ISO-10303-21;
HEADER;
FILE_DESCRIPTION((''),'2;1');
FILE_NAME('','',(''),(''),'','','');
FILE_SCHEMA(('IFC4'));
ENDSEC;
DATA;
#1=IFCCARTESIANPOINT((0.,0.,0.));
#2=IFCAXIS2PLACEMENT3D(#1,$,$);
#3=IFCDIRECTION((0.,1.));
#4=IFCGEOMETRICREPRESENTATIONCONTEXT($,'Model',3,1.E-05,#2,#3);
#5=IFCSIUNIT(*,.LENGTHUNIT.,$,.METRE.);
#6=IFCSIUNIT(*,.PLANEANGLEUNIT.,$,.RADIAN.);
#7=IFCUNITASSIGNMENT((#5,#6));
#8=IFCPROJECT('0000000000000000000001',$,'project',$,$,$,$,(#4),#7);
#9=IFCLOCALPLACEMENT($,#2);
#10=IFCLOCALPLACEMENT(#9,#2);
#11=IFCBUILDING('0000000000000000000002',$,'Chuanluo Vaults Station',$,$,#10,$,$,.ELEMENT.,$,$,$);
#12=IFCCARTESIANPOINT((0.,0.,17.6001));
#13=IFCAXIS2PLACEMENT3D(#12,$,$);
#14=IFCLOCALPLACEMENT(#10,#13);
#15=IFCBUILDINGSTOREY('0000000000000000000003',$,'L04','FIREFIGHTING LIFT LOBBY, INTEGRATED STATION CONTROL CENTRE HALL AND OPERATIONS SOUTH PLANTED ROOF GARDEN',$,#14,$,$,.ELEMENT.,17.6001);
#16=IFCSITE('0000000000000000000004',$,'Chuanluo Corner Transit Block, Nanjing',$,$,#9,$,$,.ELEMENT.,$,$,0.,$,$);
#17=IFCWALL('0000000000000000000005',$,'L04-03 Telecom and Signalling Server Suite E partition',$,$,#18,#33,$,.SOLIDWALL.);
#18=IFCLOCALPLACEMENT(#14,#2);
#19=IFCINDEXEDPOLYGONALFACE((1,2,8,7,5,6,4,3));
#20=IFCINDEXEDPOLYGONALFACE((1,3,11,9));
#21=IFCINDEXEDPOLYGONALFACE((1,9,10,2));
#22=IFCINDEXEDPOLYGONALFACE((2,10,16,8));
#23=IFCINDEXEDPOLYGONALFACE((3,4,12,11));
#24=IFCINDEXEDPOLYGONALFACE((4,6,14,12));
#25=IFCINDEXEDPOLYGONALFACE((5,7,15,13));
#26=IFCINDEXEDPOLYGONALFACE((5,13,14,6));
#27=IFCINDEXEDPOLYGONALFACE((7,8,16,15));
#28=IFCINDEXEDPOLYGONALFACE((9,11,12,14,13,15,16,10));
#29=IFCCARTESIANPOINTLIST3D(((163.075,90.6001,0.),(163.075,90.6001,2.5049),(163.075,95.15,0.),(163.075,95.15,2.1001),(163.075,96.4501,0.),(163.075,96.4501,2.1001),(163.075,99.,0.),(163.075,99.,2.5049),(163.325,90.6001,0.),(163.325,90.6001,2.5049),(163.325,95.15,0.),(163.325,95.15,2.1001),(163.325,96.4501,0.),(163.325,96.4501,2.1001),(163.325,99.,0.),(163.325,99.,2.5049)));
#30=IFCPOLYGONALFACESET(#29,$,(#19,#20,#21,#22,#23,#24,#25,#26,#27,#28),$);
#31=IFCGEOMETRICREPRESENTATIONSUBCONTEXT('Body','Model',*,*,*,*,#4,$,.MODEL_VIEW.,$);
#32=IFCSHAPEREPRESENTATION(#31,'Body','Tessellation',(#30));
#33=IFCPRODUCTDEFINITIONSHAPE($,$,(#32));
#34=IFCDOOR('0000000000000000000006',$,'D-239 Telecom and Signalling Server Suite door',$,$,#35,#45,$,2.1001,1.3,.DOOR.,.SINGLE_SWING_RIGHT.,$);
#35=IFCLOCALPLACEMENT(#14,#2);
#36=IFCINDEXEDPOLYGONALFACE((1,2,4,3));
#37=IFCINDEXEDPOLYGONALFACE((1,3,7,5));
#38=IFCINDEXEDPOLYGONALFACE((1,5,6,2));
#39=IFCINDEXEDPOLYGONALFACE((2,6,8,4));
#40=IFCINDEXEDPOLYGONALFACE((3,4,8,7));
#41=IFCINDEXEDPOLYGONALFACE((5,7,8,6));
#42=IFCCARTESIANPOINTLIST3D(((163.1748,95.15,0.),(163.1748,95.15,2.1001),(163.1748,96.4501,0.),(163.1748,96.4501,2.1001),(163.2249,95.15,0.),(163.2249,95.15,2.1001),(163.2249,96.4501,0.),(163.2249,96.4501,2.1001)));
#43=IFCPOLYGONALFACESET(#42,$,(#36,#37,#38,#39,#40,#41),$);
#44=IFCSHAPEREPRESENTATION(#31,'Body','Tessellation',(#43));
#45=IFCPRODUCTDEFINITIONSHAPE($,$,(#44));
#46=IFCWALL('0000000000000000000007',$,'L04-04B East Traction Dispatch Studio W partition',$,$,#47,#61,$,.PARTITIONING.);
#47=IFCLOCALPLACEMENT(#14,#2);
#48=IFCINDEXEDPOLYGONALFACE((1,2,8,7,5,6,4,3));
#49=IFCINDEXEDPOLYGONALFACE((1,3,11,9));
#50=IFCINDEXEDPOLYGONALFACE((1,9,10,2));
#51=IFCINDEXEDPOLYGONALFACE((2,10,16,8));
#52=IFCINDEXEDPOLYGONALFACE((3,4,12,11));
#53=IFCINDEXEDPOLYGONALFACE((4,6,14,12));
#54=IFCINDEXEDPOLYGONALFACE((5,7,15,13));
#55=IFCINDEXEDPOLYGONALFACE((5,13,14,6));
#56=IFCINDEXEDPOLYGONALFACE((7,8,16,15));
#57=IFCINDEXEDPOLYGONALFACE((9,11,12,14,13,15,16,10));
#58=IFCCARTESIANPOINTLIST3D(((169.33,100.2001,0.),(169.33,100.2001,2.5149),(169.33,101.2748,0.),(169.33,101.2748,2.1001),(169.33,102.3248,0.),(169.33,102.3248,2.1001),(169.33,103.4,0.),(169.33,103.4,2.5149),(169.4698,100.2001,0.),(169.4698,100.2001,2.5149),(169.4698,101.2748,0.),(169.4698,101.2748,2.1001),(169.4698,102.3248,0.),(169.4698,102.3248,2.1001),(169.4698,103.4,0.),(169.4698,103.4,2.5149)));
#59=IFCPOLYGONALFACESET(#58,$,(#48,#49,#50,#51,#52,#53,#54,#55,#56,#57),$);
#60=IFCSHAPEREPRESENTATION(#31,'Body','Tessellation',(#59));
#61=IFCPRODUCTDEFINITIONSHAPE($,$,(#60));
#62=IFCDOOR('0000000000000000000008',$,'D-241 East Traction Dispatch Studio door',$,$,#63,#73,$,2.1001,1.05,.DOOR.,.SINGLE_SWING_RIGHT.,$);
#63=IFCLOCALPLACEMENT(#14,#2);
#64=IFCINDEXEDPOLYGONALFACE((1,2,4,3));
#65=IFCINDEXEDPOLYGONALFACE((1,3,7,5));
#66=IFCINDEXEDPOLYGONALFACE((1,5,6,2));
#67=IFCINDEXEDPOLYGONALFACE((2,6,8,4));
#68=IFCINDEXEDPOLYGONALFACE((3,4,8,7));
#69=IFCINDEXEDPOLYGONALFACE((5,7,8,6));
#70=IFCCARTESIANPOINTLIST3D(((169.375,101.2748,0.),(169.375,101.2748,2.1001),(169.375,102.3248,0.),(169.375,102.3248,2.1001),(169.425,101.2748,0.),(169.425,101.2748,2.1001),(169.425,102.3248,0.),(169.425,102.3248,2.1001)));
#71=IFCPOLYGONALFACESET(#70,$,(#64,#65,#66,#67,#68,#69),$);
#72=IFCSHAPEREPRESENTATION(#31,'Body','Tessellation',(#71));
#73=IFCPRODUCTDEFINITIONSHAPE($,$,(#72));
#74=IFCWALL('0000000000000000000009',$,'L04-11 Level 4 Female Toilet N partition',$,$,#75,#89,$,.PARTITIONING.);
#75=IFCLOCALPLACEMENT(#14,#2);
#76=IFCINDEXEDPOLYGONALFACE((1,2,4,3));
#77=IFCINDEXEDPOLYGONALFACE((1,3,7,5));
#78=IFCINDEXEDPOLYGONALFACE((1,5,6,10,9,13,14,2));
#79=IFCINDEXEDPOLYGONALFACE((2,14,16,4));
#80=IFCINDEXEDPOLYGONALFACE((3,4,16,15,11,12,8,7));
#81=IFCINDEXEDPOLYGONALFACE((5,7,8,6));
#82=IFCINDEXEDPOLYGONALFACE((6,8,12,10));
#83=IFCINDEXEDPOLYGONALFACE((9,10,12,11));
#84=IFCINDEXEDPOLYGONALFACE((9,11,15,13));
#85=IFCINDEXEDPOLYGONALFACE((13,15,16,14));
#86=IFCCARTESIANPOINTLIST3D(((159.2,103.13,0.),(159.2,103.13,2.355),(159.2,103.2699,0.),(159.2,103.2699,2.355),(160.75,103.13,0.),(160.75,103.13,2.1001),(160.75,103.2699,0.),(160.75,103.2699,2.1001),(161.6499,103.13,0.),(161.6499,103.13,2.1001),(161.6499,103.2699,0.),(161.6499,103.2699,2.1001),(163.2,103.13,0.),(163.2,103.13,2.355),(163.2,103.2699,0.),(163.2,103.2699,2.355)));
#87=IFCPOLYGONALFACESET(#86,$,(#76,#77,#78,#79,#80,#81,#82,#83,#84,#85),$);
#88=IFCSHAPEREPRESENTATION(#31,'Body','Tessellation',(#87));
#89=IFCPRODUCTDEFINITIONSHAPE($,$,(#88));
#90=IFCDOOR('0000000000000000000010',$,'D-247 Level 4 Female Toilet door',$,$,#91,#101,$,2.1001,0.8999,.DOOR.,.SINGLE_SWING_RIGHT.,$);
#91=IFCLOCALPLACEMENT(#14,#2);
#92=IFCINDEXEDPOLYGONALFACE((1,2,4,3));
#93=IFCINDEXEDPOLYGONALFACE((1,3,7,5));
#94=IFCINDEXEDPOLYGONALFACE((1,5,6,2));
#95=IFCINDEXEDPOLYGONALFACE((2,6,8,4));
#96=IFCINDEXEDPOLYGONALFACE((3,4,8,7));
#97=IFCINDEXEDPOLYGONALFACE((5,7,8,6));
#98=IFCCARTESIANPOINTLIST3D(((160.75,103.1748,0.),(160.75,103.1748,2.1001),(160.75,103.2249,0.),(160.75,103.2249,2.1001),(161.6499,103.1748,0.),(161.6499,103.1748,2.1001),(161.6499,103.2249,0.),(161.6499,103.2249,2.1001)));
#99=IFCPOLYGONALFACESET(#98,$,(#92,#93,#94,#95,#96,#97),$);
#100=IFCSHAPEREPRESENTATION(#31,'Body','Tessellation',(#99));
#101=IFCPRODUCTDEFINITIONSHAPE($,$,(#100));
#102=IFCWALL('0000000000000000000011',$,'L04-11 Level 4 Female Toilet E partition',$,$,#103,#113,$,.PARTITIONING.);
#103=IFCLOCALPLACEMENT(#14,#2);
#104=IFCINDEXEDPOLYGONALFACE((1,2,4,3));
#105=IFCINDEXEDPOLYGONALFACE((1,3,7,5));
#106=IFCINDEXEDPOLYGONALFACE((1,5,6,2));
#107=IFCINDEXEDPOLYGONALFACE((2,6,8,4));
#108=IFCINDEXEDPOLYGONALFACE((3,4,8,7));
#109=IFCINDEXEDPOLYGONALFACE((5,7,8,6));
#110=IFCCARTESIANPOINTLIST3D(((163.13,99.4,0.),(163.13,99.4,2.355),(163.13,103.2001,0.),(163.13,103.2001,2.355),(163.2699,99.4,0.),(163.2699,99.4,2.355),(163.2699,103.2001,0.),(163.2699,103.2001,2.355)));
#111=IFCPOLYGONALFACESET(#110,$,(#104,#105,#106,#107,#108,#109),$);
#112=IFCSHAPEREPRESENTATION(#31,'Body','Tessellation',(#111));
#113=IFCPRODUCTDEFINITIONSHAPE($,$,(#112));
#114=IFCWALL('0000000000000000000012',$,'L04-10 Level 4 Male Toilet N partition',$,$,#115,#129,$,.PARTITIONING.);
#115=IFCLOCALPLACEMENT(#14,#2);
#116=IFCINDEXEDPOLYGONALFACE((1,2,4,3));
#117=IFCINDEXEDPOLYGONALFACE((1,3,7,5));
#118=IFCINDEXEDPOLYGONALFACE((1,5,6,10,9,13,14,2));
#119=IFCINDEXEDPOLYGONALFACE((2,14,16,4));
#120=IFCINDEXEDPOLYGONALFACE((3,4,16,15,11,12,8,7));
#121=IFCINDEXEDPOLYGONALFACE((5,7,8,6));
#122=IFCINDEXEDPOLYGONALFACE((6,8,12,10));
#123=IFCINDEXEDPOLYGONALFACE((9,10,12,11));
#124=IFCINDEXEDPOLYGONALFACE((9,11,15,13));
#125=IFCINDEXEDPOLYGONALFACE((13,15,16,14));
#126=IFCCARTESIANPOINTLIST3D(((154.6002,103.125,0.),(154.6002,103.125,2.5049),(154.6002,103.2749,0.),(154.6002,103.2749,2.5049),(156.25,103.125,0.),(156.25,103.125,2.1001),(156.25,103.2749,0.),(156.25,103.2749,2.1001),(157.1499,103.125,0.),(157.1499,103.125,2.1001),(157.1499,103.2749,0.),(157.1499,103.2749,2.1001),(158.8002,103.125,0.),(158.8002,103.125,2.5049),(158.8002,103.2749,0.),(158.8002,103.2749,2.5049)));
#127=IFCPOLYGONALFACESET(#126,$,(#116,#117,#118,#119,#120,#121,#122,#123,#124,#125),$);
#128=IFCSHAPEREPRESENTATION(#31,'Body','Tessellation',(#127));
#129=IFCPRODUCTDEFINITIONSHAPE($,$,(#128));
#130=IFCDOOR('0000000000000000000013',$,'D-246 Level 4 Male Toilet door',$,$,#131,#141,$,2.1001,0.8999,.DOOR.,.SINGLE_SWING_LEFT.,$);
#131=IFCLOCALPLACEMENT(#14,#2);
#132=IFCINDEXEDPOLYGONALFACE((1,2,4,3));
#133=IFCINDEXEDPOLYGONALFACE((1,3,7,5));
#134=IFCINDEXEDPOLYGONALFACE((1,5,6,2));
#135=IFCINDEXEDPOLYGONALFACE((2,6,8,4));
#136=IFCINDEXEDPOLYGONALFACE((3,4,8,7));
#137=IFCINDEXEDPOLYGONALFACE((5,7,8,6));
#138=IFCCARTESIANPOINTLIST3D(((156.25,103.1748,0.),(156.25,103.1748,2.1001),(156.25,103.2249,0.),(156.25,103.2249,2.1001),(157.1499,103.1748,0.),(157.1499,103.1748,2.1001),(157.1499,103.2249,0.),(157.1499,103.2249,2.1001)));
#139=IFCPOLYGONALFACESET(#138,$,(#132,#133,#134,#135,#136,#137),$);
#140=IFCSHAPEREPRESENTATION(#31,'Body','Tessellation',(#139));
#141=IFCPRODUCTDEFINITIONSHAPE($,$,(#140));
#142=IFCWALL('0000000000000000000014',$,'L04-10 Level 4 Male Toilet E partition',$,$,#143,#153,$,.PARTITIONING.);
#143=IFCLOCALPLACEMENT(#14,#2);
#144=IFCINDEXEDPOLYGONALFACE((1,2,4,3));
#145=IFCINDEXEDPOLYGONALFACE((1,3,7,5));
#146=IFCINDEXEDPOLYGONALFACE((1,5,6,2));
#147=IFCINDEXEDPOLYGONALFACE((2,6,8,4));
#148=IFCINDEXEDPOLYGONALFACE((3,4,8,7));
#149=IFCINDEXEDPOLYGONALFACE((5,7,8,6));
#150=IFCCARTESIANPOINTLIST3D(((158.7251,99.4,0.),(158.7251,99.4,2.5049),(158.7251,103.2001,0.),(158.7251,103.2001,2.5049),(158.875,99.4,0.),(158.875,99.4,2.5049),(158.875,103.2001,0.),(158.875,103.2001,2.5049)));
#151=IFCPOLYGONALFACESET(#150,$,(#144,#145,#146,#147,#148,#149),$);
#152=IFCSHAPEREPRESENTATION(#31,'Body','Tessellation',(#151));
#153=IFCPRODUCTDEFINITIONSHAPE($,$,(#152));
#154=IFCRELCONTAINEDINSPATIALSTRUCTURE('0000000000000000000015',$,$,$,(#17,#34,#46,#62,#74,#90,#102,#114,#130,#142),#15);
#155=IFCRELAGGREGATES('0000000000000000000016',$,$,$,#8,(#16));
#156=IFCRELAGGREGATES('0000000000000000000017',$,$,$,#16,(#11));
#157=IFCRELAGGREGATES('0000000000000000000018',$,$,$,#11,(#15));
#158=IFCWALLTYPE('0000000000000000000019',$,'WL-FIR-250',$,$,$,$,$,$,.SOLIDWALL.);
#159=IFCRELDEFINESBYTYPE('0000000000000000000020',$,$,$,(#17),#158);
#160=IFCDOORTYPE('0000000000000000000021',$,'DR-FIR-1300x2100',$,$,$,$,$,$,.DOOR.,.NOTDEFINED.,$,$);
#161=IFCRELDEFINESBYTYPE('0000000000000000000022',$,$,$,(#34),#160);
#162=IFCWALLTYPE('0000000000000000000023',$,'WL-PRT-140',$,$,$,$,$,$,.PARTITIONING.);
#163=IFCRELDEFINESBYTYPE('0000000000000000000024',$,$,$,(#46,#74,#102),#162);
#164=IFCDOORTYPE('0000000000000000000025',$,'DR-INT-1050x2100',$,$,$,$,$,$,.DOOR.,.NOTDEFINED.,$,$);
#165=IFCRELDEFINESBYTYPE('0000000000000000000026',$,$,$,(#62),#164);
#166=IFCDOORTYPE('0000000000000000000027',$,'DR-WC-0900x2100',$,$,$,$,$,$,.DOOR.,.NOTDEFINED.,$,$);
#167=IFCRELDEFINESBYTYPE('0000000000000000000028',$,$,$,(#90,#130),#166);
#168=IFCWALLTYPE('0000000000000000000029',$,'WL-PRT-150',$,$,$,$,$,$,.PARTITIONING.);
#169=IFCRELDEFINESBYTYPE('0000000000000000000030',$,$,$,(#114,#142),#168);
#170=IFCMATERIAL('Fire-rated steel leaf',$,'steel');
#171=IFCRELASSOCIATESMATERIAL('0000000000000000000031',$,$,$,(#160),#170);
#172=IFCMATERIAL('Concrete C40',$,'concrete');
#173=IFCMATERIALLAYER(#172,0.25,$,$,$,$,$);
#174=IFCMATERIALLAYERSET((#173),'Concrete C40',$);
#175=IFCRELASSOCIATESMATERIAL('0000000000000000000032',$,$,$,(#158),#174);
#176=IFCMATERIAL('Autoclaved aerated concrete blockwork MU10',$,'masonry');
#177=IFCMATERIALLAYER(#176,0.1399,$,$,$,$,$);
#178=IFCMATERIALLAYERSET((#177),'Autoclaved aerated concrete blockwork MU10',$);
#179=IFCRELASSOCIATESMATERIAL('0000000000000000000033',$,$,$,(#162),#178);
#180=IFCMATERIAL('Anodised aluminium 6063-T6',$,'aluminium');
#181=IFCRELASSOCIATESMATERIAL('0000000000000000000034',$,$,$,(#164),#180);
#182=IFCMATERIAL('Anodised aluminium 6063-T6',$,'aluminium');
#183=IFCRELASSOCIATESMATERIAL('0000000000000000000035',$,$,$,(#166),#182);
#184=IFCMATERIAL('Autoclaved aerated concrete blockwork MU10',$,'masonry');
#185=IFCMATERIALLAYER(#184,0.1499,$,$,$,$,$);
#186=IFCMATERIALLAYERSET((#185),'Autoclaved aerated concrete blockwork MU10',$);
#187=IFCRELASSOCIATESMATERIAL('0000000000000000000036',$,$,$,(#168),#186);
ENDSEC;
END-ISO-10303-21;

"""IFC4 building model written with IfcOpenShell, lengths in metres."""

from ifc_helpers import new_model, si_unit, direction, frame, frame_2d, origin, place, context, subcontext, project, spatial, rectangle, extrude, material, layer, layer_set, type_object, element, fill, save


model = new_model("IFC4")

# Units and contexts
model_context = context("Model", 3, precision=1e-05, world=origin(), true_north=direction((0.0, 1.0)))
body_context = subcontext(model_context, "Body", "Model", "MODEL_VIEW")
ifc_project = project(units=[si_unit("LENGTHUNIT", "METRE"), si_unit("PLANEANGLEUNIT", "RADIAN")], contexts=[model_context])

# Site, building, storey
site_placement = place(None, origin())
site = spatial("IfcSite", under=ifc_project, at=site_placement, Name="Chuanluo Corner Transit Block, Nanjing", CompositionType="ELEMENT", RefElevation=0.0)
building_placement = place(site_placement, origin())
building = spatial("IfcBuilding", under=site, at=building_placement, Name="Chuanluo Vaults Station", CompositionType="ELEMENT")
storey_placement = place(building_placement, frame((0.0, 0.0, 17.6001)))
storey = spatial("IfcBuildingStorey", under=building, at=storey_placement, Name="L04", Description="FIREFIGHTING LIFT LOBBY, INTEGRATED STATION CONTROL CENTRE HALL AND OPERATIONS SOUTH PLANTED ROOF GARDEN", CompositionType="ELEMENT", Elevation=17.6001)

# Walls, openings, doors
ifc_material_1 = material(Name="Fire-rated steel leaf", Category="steel")
door_type_1 = type_object("IfcDoorType", Name="DR-FIR-1300x2100", OperationType="NOTDEFINED", PredefinedType="DOOR", material=ifc_material_1)
ifc_material_2 = material(Name="Concrete C40", Category="concrete")
ifc_layer_1 = layer(ifc_material_2, 0.25)
ifc_layer_set_1 = layer_set([ifc_layer_1], Name="Concrete C40")
wall_type_1 = type_object("IfcWallType", Name="WL-FIR-250", PredefinedType="SOLIDWALL", material=ifc_layer_set_1)
wall_1_placement = place(storey_placement, frame((163.2, 99.0, 0.0), z_axis=(0.0, 0.0, 1.0), x_axis=(0.0, -1.0, 0.0)))
wall_1 = element("IfcWall", 1, at=wall_1_placement, inside=storey, type_object=wall_type_1, Name="L04-03 Telecom and Signalling Server Suite E partition", PredefinedType="SOLIDWALL", context=body_context, shape_type="SweptSolid", body=[
    extrude(rectangle(XDim=8.3999, YDim=0.25, at=frame_2d((4.2, 0.0))), origin(), (0.0, 0.0, 1.0), 2.5049),
])
opening_1_placement = place(wall_1_placement, frame((2.55, 0.0, 0.0)))
opening_1 = element("IfcOpeningElement", 2, at=opening_1_placement, cuts=wall_1, PredefinedType="OPENING", context=body_context, shape_type="SweptSolid", body=[
    extrude(rectangle(XDim=1.3, YDim=2.1001, at=frame_2d((0.6499, 1.05))), frame((0.0, 0.135, 0.0), z_axis=(0.0, -1.0, 0.0), x_axis=(1.0, 0.0, 0.0)), (0.0, 0.0, 1.0), 0.27),
])
door_1_placement = place(opening_1_placement, origin())
door_1 = element("IfcDoor", 3, at=door_1_placement, inside=storey, type_object=door_type_1, Name="D-239 Telecom and Signalling Server Suite door", OperationType="SINGLE_SWING_RIGHT", OverallHeight=2.1001, OverallWidth=1.3, PredefinedType="DOOR", context=body_context, shape_type="SweptSolid", body=[
    extrude(rectangle(XDim=1.3, YDim=2.1001, at=frame_2d((0.6499, 1.05))), frame((0.0, 0.0249, 0.0), z_axis=(0.0, -1.0, 0.0), x_axis=(1.0, 0.0, 0.0)), (0.0, 0.0, 1.0), 0.05),
])
fill(opening_1, door_1)
ifc_material_3 = material(Name="Autoclaved aerated concrete blockwork MU10", Category="masonry")
ifc_layer_2 = layer(ifc_material_3, 0.1399)
ifc_layer_set_2 = layer_set([ifc_layer_2], Name="Autoclaved aerated concrete blockwork MU10")
wall_type_2 = type_object("IfcWallType", Name="WL-PRT-140", PredefinedType="PARTITIONING", material=ifc_layer_set_2)
wall_2_placement = place(storey_placement, frame((169.3999, 100.2, 0.0), z_axis=(0.0, 0.0, 1.0), x_axis=(0.0, 1.0, 0.0)))
wall_2 = element("IfcWall", 4, at=wall_2_placement, inside=storey, type_object=wall_type_2, Name="L04-04B East Traction Dispatch Studio W partition", PredefinedType="PARTITIONING", context=body_context, shape_type="SweptSolid", body=[
    extrude(rectangle(XDim=3.2, YDim=0.1399, at=frame_2d((1.6001, 0.0))), origin(), (0.0, 0.0, 1.0), 2.5149),
])
opening_2_placement = place(wall_2_placement, frame((1.075, 0.0, 0.0)))
opening_2 = element("IfcOpeningElement", 5, at=opening_2_placement, cuts=wall_2, PredefinedType="OPENING", context=body_context, shape_type="SweptSolid", body=[
    extrude(rectangle(XDim=1.05, YDim=2.1001, at=frame_2d((0.5249, 1.05))), frame((0.0, 0.0798, 0.0), z_axis=(0.0, -1.0, 0.0), x_axis=(1.0, 0.0, 0.0)), (0.0, 0.0, 1.0), 0.1599),
])
ifc_material_4 = material(Name="Anodised aluminium 6063-T6", Category="aluminium")
door_type_2 = type_object("IfcDoorType", Name="DR-INT-1050x2100", OperationType="NOTDEFINED", PredefinedType="DOOR", material=ifc_material_4)
door_2_placement = place(opening_2_placement, origin())
door_2 = element("IfcDoor", 6, at=door_2_placement, inside=storey, type_object=door_type_2, Name="D-241 East Traction Dispatch Studio door", OperationType="SINGLE_SWING_RIGHT", OverallHeight=2.1001, OverallWidth=1.05, PredefinedType="DOOR", context=body_context, shape_type="SweptSolid", body=[
    extrude(rectangle(XDim=1.05, YDim=2.1001, at=frame_2d((0.5249, 1.05))), frame((0.0, 0.0249, 0.0), z_axis=(0.0, -1.0, 0.0), x_axis=(1.0, 0.0, 0.0)), (0.0, 0.0, 1.0), 0.05),
])
fill(opening_2, door_2)
wall_3_placement = place(storey_placement, frame((159.2, 103.2, 0.0), z_axis=(0.0, 0.0, 1.0), x_axis=(1.0, 0.0, 0.0)))
wall_3 = element("IfcWall", 7, at=wall_3_placement, inside=storey, type_object=wall_type_2, Name="L04-11 Level 4 Female Toilet N partition", PredefinedType="PARTITIONING", context=body_context, shape_type="SweptSolid", body=[
    extrude(rectangle(XDim=4.0, YDim=0.1399, at=frame_2d((2.0, 0.0))), origin(), (0.0, 0.0, 1.0), 2.355),
])
opening_3_placement = place(wall_3_placement, frame((1.55, 0.0, 0.0)))
opening_3 = element("IfcOpeningElement", 8, at=opening_3_placement, cuts=wall_3, PredefinedType="OPENING", context=body_context, shape_type="SweptSolid", body=[
    extrude(rectangle(XDim=0.8999, YDim=2.1001, at=frame_2d((0.45, 1.05))), frame((0.0, 0.0798, 0.0), z_axis=(0.0, -1.0, 0.0), x_axis=(1.0, 0.0, 0.0)), (0.0, 0.0, 1.0), 0.1599),
])
ifc_material_5 = material(Name="Anodised aluminium 6063-T6", Category="aluminium")
door_type_3 = type_object("IfcDoorType", Name="DR-WC-0900x2100", OperationType="NOTDEFINED", PredefinedType="DOOR", material=ifc_material_5)
door_3_placement = place(opening_3_placement, origin())
door_3 = element("IfcDoor", 9, at=door_3_placement, inside=storey, type_object=door_type_3, Name="D-247 Level 4 Female Toilet door", OperationType="SINGLE_SWING_RIGHT", OverallHeight=2.1001, OverallWidth=0.8999, PredefinedType="DOOR", context=body_context, shape_type="SweptSolid", body=[
    extrude(rectangle(XDim=0.8999, YDim=2.1001, at=frame_2d((0.45, 1.05))), frame((0.0, 0.0249, 0.0), z_axis=(0.0, -1.0, 0.0), x_axis=(1.0, 0.0, 0.0)), (0.0, 0.0, 1.0), 0.05),
])
fill(opening_3, door_3)

# Wall
wall_4_placement = place(storey_placement, frame((163.2, 103.2, 0.0), z_axis=(0.0, 0.0, 1.0), x_axis=(0.0, -1.0, 0.0)))
element("IfcWall", 10, at=wall_4_placement, inside=storey, type_object=wall_type_2, Name="L04-11 Level 4 Female Toilet E partition", PredefinedType="PARTITIONING", context=body_context, shape_type="SweptSolid", body=[
    extrude(rectangle(XDim=3.8, YDim=0.1399, at=frame_2d((1.8999, 0.0))), origin(), (0.0, 0.0, 1.0), 2.355),
])

# Wall, opening, door
ifc_material_6 = material(Name="Autoclaved aerated concrete blockwork MU10", Category="masonry")
ifc_layer_3 = layer(ifc_material_6, 0.1499)
ifc_layer_set_3 = layer_set([ifc_layer_3], Name="Autoclaved aerated concrete blockwork MU10")
wall_type_3 = type_object("IfcWallType", Name="WL-PRT-150", PredefinedType="PARTITIONING", material=ifc_layer_set_3)
wall_5_placement = place(storey_placement, frame((154.6001, 103.2, 0.0), z_axis=(0.0, 0.0, 1.0), x_axis=(1.0, 0.0, 0.0)))
wall_5 = element("IfcWall", 11, at=wall_5_placement, inside=storey, type_object=wall_type_3, Name="L04-10 Level 4 Male Toilet N partition", PredefinedType="PARTITIONING", context=body_context, shape_type="SweptSolid", body=[
    extrude(rectangle(XDim=4.2, YDim=0.1499, at=frame_2d((2.1001, 0.0))), origin(), (0.0, 0.0, 1.0), 2.5049),
])
opening_4_placement = place(wall_5_placement, frame((1.6499, 0.0, 0.0)))
opening_4 = element("IfcOpeningElement", 12, at=opening_4_placement, cuts=wall_5, PredefinedType="OPENING", context=body_context, shape_type="SweptSolid", body=[
    extrude(rectangle(XDim=0.8999, YDim=2.1001, at=frame_2d((0.45, 1.05))), frame((0.0, 0.0849, 0.0), z_axis=(0.0, -1.0, 0.0), x_axis=(1.0, 0.0, 0.0)), (0.0, 0.0, 1.0), 0.1699),
])
door_4_placement = place(opening_4_placement, origin())
door_4 = element("IfcDoor", 13, at=door_4_placement, inside=storey, type_object=door_type_3, Name="D-246 Level 4 Male Toilet door", OperationType="SINGLE_SWING_LEFT", OverallHeight=2.1001, OverallWidth=0.8999, PredefinedType="DOOR", context=body_context, shape_type="SweptSolid", body=[
    extrude(rectangle(XDim=0.8999, YDim=2.1001, at=frame_2d((0.45, 1.05))), frame((0.0, 0.0249, 0.0), z_axis=(0.0, -1.0, 0.0), x_axis=(1.0, 0.0, 0.0)), (0.0, 0.0, 1.0), 0.05),
])
fill(opening_4, door_4)

# Wall
wall_6_placement = place(storey_placement, frame((158.8, 103.2, 0.0), z_axis=(0.0, 0.0, 1.0), x_axis=(0.0, -1.0, 0.0)))
element("IfcWall", 14, at=wall_6_placement, inside=storey, type_object=wall_type_3, Name="L04-10 Level 4 Male Toilet E partition", PredefinedType="PARTITIONING", context=body_context, shape_type="SweptSolid", body=[
    extrude(rectangle(XDim=3.8, YDim=0.1499, at=frame_2d((1.8999, 0.0))), origin(), (0.0, 0.0, 1.0), 2.5049),
])

save(model, "model.ifc")
